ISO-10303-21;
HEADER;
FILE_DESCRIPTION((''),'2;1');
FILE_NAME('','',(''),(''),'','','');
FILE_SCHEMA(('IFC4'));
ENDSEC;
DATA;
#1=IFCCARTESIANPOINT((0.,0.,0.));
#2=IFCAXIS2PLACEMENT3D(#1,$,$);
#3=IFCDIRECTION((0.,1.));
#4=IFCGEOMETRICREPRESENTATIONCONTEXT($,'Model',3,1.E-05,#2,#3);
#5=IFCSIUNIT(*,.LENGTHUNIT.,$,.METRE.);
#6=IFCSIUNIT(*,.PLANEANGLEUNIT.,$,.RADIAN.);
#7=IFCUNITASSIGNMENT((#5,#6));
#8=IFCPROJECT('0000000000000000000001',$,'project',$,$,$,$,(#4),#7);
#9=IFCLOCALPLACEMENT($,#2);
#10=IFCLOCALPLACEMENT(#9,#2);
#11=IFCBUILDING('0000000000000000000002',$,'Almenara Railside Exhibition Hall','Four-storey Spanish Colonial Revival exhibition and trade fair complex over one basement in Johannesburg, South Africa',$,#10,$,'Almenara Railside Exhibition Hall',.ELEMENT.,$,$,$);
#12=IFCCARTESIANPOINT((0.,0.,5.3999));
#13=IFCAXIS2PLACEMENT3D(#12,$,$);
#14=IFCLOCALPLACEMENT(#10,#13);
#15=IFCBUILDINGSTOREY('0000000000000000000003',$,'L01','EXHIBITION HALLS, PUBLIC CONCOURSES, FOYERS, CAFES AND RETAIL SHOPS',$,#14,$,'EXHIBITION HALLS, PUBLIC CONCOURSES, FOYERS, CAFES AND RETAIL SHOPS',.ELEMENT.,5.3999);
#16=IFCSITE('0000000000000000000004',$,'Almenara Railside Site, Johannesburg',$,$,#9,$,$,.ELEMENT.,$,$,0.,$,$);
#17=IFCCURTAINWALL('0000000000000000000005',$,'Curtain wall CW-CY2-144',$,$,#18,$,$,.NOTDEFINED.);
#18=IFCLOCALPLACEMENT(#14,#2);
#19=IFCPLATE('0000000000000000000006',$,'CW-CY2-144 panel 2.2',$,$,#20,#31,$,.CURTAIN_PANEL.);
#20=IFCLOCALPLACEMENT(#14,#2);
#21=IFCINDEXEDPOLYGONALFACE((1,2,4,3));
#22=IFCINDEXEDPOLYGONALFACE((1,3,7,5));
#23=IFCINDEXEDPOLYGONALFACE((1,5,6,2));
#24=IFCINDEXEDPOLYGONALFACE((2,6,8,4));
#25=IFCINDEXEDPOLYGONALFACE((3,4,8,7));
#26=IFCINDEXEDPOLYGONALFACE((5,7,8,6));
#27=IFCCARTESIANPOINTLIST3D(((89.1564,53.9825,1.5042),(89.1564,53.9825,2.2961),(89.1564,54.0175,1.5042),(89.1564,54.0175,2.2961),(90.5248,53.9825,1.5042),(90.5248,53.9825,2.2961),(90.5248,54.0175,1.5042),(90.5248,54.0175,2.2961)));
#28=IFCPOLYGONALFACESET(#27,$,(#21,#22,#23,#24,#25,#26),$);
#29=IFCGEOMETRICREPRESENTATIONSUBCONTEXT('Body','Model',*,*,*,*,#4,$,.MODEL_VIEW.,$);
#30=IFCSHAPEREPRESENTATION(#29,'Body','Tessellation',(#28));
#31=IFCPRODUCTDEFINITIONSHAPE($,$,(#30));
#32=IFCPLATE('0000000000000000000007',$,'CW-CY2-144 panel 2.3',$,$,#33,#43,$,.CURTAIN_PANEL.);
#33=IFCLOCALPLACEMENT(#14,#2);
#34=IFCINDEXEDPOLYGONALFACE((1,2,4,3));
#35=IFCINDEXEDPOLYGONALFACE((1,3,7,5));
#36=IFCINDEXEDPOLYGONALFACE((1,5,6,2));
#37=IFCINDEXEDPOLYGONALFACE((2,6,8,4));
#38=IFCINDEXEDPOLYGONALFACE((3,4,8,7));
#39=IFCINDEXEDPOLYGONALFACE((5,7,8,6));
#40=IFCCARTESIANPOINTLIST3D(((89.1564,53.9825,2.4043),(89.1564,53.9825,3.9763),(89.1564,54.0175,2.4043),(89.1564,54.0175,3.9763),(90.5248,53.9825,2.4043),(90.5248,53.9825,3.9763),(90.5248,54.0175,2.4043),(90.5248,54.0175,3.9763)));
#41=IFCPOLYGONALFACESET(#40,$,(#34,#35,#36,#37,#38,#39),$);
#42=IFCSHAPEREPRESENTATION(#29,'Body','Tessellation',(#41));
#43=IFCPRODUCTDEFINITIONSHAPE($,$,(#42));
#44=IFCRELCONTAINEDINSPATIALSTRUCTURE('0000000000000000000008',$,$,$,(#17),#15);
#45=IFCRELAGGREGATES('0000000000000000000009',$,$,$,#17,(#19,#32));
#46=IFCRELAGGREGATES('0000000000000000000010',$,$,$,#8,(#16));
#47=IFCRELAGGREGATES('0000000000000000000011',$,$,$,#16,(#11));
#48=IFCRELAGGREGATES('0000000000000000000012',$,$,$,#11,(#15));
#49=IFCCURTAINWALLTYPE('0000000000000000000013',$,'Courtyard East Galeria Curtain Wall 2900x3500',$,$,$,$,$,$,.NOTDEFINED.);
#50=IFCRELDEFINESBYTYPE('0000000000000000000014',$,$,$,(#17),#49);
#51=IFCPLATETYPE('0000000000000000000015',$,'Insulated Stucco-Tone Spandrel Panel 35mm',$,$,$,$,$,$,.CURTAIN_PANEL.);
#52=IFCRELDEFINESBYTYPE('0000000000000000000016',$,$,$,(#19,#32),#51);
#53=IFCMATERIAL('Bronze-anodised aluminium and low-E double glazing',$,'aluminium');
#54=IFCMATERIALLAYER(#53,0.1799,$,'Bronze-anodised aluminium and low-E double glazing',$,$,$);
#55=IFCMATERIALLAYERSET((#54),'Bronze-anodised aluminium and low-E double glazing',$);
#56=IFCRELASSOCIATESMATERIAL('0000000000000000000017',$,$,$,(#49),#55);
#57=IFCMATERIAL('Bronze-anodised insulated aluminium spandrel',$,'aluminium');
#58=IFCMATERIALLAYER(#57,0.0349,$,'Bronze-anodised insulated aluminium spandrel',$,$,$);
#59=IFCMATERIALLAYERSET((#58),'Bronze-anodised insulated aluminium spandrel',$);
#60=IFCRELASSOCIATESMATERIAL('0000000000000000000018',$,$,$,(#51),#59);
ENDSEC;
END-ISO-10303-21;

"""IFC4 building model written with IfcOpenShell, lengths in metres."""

from ifc_helpers import new_model, si_unit, direction, frame, origin, origin_2d, place, context, subcontext, project, spatial, rectangle, extrude, material, layer, layer_set, type_object, element, aggregate, save


model = new_model("IFC4")

# Units and contexts
model_context = context("Model", 3, precision=1e-05, world=origin(), true_north=direction((0.0, 1.0)))
body_context = subcontext(model_context, "Body", "Model", "MODEL_VIEW")
ifc_project = project(units=[si_unit("LENGTHUNIT", "METRE"), si_unit("PLANEANGLEUNIT", "RADIAN")], contexts=[model_context])

# Site, building, storey
site_placement = place(None, origin())
site = spatial("IfcSite", under=ifc_project, at=site_placement, Name="Almenara Railside Site, Johannesburg", CompositionType="ELEMENT", RefElevation=0.0)
building_placement = place(site_placement, origin())
building = spatial("IfcBuilding", under=site, at=building_placement, Name="Almenara Railside Exhibition Hall", Description="Four-storey Spanish Colonial Revival exhibition and trade fair complex over one basement in Johannesburg, South Africa", LongName="Almenara Railside Exhibition Hall", CompositionType="ELEMENT")
storey_placement = place(building_placement, frame((0.0, 0.0, 5.3999)))
storey = spatial("IfcBuildingStorey", under=building, at=storey_placement, Name="L01", Description="EXHIBITION HALLS, PUBLIC CONCOURSES, FOYERS, CAFES AND RETAIL SHOPS", LongName="EXHIBITION HALLS, PUBLIC CONCOURSES, FOYERS, CAFES AND RETAIL SHOPS", CompositionType="ELEMENT", Elevation=5.3999)

# Curtain wall
ifc_material_1 = material(Name="Bronze-anodised aluminium and low-E double glazing", Category="aluminium")
ifc_layer_1 = layer(ifc_material_1, 0.1799, Name="Bronze-anodised aluminium and low-E double glazing")
ifc_layer_set_1 = layer_set([ifc_layer_1], Name="Bronze-anodised aluminium and low-E double glazing")
curtain_wall_type = type_object("IfcCurtainWallType", Name="Courtyard East Galeria Curtain Wall 2900x3500", PredefinedType="NOTDEFINED", material=ifc_layer_set_1)
curtain_wall_1_placement = place(storey_placement, origin())
curtain_wall_1 = element("IfcCurtainWall", 1, at=curtain_wall_1_placement, inside=storey, type_object=curtain_wall_type, Name="Curtain wall CW-CY2-144", PredefinedType="NOTDEFINED")

# Plates
ifc_material_2 = material(Name="Bronze-anodised insulated aluminium spandrel", Category="aluminium")
ifc_layer_2 = layer(ifc_material_2, 0.0349, Name="Bronze-anodised insulated aluminium spandrel")
ifc_layer_set_2 = layer_set([ifc_layer_2], Name="Bronze-anodised insulated aluminium spandrel")
plate_type_1 = type_object("IfcPlateType", Name="Insulated Stucco-Tone Spandrel Panel 35mm", PredefinedType="CURTAIN_PANEL", material=ifc_layer_set_2)
plate_1_placement = place(storey_placement, frame((89.8406, 54.0, 1.5042), z_axis=(0.0, 0.0, 1.0), x_axis=(1.0, 0.0, 0.0)))
plate_1 = element("IfcPlate", 2, at=plate_1_placement, type_object=plate_type_1, Name="CW-CY2-144 panel 2.2", PredefinedType="CURTAIN_PANEL", context=body_context, shape_type="SweptSolid", body=[
    extrude(rectangle(XDim=1.3684, YDim=0.0349, at=origin_2d()), origin(), (0.0, 0.0, 1.0), 0.792),
])
plate_2_placement = place(storey_placement, frame((89.8406, 54.0, 2.4043), z_axis=(0.0, 0.0, 1.0), x_axis=(1.0, 0.0, 0.0)))
plate_2 = element("IfcPlate", 3, at=plate_2_placement, type_object=plate_type_1, Name="CW-CY2-144 panel 2.3", PredefinedType="CURTAIN_PANEL", context=body_context, shape_type="SweptSolid", body=[
    extrude(rectangle(XDim=1.3684, YDim=0.0349, at=origin_2d()), origin(), (0.0, 0.0, 1.0), 1.572),
])
aggregate(curtain_wall_1, [plate_1, plate_2])

save(model, "model.ifc")
